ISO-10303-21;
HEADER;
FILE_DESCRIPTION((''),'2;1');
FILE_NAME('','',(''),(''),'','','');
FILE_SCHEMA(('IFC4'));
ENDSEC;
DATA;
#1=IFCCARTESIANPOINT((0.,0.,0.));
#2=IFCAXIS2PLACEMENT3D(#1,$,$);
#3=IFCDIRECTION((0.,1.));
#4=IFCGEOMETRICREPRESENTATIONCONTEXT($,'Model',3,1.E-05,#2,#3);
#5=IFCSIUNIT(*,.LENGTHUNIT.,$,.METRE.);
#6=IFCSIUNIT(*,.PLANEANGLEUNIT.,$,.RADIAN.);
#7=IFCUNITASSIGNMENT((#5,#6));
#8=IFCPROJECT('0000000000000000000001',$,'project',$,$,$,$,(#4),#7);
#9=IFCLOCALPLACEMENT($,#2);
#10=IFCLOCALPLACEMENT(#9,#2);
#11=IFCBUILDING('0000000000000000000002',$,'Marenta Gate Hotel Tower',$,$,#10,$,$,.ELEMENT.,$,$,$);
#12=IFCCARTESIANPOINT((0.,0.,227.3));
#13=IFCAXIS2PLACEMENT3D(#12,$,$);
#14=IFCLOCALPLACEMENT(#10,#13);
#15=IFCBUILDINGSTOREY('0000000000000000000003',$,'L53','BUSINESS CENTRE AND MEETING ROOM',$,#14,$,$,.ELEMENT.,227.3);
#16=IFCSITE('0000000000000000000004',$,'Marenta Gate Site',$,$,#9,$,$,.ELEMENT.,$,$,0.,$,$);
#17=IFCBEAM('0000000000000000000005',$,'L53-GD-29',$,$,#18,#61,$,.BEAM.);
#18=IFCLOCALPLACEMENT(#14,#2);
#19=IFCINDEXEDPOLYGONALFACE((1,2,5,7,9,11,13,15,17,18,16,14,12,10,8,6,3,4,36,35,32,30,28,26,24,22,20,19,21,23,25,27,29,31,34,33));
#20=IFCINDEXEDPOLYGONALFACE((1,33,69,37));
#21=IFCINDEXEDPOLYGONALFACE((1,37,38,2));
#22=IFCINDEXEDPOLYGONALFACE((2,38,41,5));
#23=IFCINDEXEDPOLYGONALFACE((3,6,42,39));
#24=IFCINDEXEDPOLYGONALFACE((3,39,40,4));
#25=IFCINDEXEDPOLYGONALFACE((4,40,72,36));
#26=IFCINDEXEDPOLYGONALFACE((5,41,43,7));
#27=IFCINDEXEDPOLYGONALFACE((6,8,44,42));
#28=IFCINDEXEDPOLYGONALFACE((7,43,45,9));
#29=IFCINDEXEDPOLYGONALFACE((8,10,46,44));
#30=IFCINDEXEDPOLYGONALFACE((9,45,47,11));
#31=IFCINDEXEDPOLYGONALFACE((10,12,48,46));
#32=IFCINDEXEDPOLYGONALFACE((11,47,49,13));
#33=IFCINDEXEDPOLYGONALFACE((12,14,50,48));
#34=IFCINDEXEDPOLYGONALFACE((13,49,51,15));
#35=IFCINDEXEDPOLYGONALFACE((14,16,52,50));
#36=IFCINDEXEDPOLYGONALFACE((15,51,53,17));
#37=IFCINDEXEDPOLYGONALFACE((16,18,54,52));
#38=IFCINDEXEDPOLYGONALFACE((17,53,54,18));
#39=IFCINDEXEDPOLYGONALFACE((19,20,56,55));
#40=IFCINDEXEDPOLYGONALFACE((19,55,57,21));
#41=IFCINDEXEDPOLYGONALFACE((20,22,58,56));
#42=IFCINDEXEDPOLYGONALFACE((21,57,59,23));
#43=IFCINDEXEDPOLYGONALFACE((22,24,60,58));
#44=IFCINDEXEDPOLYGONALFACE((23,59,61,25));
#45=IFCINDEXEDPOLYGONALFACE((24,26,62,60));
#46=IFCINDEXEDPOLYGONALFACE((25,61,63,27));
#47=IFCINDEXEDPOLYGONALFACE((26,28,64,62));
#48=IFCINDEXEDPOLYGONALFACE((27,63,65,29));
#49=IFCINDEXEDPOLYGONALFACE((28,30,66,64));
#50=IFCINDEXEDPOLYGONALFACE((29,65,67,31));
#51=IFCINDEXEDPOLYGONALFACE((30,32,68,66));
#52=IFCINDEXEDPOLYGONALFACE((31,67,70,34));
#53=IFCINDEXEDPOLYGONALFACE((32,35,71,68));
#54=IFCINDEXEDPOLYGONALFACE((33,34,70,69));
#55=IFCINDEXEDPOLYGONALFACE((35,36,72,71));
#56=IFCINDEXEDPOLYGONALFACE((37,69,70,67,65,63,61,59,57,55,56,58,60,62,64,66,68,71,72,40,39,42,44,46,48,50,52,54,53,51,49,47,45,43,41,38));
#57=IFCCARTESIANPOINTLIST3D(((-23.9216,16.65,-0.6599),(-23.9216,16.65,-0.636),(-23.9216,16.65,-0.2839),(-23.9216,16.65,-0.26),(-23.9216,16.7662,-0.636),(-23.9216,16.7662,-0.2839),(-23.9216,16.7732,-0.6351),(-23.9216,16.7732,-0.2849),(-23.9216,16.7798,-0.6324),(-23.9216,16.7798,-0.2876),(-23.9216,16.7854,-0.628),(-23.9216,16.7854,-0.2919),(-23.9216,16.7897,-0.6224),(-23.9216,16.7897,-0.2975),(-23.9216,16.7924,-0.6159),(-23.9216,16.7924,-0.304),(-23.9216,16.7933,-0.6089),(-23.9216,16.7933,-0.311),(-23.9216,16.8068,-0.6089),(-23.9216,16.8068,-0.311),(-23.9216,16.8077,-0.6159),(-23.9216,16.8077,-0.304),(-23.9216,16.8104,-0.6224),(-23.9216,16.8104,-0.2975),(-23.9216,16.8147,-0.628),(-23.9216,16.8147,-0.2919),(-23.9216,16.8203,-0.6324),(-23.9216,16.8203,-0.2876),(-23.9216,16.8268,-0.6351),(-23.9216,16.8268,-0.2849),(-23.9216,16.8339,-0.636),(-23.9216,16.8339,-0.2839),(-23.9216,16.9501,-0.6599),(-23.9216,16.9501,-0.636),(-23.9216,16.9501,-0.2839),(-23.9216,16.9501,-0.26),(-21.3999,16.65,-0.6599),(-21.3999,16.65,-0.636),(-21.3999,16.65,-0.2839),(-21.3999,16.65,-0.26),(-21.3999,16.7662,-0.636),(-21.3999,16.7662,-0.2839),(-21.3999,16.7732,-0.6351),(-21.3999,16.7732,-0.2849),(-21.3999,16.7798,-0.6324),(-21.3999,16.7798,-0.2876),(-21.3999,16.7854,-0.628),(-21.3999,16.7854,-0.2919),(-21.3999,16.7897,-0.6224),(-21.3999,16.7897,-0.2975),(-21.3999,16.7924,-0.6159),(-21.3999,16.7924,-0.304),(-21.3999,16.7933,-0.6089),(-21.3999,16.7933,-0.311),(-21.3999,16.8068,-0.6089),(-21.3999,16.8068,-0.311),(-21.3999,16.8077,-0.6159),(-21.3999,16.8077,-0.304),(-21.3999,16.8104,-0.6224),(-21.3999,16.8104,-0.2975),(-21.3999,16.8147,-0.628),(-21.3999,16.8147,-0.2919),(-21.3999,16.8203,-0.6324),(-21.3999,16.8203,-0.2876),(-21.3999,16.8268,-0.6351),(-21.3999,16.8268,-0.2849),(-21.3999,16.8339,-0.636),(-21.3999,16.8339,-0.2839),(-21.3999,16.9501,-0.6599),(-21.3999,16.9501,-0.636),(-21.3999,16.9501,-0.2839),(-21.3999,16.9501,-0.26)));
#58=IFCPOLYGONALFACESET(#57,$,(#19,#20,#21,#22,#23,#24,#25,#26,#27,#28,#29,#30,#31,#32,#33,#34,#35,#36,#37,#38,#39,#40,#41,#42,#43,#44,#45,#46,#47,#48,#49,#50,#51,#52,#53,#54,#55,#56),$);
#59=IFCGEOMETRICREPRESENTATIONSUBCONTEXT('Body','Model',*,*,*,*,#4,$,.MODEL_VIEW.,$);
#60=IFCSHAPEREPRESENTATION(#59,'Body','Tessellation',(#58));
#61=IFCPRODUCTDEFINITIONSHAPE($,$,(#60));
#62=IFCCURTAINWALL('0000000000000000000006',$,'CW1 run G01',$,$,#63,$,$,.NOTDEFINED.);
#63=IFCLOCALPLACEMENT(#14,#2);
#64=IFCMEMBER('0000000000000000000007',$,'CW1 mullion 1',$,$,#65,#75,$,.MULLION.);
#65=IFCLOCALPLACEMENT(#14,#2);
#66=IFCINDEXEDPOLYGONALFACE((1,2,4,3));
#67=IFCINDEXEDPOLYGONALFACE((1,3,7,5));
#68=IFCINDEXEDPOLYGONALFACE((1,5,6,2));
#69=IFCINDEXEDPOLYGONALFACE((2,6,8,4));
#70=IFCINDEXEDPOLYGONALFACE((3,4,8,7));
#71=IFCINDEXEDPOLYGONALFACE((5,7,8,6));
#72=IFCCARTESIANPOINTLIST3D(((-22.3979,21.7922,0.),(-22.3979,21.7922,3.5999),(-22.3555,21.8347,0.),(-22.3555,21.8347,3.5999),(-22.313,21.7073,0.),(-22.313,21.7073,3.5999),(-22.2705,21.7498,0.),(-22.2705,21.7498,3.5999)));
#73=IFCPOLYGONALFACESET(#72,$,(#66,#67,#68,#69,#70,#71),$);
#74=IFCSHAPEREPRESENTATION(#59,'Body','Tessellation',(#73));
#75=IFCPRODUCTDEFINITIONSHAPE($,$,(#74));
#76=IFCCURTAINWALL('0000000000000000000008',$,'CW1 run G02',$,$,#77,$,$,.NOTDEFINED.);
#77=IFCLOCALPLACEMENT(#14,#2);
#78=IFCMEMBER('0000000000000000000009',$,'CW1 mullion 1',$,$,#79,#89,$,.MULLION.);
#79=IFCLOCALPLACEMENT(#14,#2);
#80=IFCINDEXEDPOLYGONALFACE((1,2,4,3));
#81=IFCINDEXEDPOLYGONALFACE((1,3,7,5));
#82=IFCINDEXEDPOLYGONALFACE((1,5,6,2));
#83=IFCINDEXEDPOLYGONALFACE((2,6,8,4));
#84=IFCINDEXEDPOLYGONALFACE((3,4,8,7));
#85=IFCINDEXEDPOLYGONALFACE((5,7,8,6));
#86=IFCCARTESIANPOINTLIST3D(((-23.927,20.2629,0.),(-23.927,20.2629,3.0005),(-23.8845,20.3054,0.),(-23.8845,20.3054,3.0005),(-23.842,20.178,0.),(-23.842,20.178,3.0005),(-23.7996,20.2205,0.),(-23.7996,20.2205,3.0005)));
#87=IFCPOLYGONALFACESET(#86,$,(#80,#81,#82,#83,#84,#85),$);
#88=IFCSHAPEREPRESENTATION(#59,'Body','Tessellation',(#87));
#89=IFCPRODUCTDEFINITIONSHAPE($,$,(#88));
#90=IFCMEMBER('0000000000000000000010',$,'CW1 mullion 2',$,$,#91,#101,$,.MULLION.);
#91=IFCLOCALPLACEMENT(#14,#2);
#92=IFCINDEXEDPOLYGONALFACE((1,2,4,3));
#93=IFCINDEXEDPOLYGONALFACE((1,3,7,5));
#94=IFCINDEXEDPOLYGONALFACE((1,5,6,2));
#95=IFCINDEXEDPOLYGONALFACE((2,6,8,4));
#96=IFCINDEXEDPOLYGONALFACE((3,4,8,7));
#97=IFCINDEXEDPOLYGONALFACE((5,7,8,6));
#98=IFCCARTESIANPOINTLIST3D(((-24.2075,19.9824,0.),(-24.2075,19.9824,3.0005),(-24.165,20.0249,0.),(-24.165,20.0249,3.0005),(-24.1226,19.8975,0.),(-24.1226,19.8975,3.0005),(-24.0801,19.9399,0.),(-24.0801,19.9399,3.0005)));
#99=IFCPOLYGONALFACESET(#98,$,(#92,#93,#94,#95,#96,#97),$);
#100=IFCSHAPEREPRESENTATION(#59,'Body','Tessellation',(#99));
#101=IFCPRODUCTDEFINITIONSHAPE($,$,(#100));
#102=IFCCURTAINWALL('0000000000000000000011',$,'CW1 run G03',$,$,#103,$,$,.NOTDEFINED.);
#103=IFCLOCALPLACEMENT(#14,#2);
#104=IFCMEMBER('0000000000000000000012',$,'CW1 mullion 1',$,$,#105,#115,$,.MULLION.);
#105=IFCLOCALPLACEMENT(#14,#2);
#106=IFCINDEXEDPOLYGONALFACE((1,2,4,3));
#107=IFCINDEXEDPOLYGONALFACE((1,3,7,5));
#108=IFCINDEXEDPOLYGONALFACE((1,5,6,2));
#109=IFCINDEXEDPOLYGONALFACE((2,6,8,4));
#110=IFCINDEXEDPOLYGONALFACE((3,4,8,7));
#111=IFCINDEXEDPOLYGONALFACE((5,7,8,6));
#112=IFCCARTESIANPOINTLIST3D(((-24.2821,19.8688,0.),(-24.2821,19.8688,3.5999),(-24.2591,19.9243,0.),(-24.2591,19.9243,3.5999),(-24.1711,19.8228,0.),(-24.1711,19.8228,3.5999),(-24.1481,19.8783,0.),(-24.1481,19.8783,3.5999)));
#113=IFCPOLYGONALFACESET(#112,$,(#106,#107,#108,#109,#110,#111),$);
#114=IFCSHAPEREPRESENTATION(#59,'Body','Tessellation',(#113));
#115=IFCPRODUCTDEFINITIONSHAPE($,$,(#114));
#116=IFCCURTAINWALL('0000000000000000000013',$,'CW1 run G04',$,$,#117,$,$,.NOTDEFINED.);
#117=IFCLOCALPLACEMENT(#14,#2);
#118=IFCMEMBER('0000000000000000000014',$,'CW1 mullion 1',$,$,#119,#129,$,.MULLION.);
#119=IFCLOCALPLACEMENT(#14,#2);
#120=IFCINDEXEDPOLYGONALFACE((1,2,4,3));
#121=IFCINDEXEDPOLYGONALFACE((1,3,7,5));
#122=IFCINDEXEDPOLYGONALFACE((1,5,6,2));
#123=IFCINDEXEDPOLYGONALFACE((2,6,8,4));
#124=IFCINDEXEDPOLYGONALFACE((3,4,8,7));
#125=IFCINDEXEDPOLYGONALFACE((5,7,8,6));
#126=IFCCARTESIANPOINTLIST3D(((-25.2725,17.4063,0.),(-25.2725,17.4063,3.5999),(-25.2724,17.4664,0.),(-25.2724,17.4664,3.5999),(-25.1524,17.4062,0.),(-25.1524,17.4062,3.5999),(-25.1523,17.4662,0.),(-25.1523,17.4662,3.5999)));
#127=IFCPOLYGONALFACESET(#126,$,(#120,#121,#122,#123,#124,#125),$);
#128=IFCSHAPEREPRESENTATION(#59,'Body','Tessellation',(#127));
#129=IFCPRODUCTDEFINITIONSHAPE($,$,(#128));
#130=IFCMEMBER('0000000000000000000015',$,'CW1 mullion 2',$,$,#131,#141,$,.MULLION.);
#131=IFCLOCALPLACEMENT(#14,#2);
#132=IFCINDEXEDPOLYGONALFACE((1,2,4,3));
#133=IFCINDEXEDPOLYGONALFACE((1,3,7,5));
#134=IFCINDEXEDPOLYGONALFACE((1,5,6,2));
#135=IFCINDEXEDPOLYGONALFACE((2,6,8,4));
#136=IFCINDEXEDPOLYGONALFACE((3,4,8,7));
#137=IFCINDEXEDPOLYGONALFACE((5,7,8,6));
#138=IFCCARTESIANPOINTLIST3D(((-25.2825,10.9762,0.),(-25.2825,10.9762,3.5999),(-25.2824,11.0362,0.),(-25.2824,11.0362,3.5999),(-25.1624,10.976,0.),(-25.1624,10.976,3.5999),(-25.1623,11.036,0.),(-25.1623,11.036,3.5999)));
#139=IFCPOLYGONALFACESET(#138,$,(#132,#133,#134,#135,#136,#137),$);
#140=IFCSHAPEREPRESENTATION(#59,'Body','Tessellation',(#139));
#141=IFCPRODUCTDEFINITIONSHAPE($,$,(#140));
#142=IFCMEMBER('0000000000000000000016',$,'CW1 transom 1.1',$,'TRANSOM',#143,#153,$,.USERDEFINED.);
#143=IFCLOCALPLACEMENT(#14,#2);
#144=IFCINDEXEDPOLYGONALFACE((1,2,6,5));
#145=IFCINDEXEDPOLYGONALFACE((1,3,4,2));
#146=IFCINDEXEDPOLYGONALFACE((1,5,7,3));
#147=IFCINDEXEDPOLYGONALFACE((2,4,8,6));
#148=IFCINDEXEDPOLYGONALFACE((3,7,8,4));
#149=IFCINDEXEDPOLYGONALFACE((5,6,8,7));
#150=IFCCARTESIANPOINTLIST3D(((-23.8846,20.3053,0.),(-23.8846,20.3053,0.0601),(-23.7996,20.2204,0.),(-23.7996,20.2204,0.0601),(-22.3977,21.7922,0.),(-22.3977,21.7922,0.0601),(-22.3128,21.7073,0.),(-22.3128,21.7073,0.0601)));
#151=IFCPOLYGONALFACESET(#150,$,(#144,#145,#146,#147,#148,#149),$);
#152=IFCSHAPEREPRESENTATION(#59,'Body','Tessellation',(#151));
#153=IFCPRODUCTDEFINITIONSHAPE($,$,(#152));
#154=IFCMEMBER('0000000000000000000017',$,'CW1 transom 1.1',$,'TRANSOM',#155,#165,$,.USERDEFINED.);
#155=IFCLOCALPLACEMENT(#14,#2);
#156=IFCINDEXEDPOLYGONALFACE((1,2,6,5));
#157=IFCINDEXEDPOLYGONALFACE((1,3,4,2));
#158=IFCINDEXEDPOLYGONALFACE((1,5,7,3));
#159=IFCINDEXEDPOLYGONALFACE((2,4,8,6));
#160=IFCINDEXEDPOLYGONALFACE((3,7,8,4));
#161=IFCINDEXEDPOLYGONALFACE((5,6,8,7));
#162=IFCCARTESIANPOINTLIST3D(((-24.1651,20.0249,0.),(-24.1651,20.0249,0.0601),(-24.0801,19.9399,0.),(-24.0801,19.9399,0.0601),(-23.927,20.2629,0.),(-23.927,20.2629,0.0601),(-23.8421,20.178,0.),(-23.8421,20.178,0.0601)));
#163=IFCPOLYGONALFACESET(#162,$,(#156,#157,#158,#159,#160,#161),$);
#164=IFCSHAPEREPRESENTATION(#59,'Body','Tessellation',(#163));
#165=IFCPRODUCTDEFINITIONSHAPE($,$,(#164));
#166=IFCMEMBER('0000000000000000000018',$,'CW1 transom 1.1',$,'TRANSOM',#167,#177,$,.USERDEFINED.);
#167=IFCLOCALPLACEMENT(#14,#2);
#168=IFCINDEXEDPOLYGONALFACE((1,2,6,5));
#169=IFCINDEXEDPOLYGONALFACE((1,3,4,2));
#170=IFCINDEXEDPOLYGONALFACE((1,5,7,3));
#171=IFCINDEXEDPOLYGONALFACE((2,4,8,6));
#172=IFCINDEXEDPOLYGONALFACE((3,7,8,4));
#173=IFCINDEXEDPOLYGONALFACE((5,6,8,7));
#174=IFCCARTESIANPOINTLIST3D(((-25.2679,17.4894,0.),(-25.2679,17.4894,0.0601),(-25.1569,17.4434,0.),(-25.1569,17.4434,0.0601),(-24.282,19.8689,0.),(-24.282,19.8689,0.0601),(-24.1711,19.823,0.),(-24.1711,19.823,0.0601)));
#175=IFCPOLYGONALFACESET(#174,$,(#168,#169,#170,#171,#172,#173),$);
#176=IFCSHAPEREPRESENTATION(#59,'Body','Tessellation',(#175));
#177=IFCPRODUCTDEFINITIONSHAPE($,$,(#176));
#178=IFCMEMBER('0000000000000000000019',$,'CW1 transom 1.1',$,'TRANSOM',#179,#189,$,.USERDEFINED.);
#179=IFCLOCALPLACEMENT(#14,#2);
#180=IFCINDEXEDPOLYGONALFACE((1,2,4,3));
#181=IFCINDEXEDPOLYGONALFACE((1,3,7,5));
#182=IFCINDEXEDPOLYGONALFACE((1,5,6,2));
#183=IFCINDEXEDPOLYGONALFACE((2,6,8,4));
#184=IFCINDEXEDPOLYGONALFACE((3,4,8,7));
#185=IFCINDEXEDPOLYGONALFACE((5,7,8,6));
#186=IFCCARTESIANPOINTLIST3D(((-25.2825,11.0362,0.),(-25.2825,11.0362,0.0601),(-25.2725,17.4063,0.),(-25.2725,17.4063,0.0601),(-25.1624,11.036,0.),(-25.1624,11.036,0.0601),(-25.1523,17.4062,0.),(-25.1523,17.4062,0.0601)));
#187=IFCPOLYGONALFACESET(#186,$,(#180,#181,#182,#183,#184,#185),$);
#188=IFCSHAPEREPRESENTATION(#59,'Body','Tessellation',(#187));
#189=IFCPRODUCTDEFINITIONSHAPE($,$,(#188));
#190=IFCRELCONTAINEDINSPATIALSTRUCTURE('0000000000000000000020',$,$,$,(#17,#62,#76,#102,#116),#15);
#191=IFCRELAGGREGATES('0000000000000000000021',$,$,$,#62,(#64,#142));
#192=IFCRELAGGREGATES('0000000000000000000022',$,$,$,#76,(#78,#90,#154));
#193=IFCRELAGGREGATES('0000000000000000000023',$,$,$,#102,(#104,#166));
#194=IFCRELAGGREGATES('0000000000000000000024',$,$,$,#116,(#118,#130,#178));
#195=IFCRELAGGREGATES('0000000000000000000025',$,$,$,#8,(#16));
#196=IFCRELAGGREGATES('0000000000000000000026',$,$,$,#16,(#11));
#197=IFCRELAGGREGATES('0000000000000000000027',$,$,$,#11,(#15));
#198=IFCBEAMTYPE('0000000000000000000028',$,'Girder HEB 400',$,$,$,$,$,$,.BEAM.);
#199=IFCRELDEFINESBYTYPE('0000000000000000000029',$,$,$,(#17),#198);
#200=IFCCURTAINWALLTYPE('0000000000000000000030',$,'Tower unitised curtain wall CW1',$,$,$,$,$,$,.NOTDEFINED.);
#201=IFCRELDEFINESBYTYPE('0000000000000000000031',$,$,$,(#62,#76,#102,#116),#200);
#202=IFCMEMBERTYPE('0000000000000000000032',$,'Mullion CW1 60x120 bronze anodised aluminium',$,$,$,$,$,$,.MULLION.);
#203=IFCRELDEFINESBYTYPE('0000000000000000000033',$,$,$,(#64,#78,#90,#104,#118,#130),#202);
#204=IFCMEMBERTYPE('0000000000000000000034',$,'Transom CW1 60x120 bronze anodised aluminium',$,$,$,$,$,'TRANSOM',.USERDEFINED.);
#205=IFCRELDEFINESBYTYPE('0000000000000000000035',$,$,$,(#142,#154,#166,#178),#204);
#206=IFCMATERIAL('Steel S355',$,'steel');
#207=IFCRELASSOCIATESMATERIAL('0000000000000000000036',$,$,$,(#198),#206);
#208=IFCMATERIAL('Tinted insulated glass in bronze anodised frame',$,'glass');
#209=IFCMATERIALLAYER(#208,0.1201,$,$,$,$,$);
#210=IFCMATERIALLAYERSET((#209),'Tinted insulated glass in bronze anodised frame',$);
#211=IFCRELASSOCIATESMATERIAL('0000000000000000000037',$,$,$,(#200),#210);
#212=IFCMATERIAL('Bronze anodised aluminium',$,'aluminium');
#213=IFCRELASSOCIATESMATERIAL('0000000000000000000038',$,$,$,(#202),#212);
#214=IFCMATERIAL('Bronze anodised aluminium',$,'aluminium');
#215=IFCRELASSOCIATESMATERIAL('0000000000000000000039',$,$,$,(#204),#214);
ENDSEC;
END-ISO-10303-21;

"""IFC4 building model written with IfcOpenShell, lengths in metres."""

from ifc_helpers import new_model, si_unit, direction, frame, origin, origin_2d, place, context, subcontext, project, spatial, rectangle, i_section, extrude, material, layer, layer_set, material_profile, profile_set, type_object, element, aggregate, save


model = new_model("IFC4")

# Units and contexts
model_context = context("Model", 3, precision=1e-05, world=origin(), true_north=direction((0.0, 1.0)))
body_context = subcontext(model_context, "Body", "Model", "MODEL_VIEW")
ifc_project = project(units=[si_unit("LENGTHUNIT", "METRE"), si_unit("PLANEANGLEUNIT", "RADIAN")], contexts=[model_context])

# Site, building, storey
site_placement = place(None, origin())
site = spatial("IfcSite", under=ifc_project, at=site_placement, Name="Marenta Gate Site", CompositionType="ELEMENT", RefElevation=0.0)
building_placement = place(site_placement, origin())
building = spatial("IfcBuilding", under=site, at=building_placement, Name="Marenta Gate Hotel Tower", CompositionType="ELEMENT")
storey_placement = place(building_placement, frame((0.0, 0.0, 227.3)))
storey = spatial("IfcBuildingStorey", under=building, at=storey_placement, Name="L53", Description="BUSINESS CENTRE AND MEETING ROOM", CompositionType="ELEMENT", Elevation=227.3)

# Beam
ifc_material_1 = material(Name="Steel S355", Category="steel")
ifc_material_profile_1 = material_profile(ifc_material_1, i_section(OverallWidth=0.3, OverallDepth=0.3999, WebThickness=0.0134, FlangeThickness=0.0239, FilletRadius=0.0271, at=origin_2d()), Name="HEB 400")
ifc_profile_set_1 = profile_set([ifc_material_profile_1], Name="Steel S355")
beam_type_1 = type_object("IfcBeamType", Name="Girder HEB 400", PredefinedType="BEAM", material=ifc_profile_set_1)
beam_1_placement = place(storey_placement, frame((-23.9216, 16.8, -0.46), z_axis=(1.0, 0.0, 0.0), x_axis=(0.0, 1.0, 0.0)))
element("IfcBeam", 1, at=beam_1_placement, inside=storey, type_object=beam_type_1, Name="L53-GD-29", PredefinedType="BEAM", context=body_context, shape_type="SweptSolid", body=[
    extrude(i_section(OverallWidth=0.3, OverallDepth=0.3999, WebThickness=0.0134, FlangeThickness=0.0239, FilletRadius=0.0271, at=origin_2d()), origin(), (0.0, 0.0, 1.0), 2.5217),
])

# Curtain wall, member
ifc_material_2 = material(Name="Tinted insulated glass in bronze anodised frame", Category="glass")
ifc_layer_1 = layer(ifc_material_2, 0.1201)
ifc_layer_set_1 = layer_set([ifc_layer_1], Name="Tinted insulated glass in bronze anodised frame")
curtain_wall_type = type_object("IfcCurtainWallType", Name="Tower unitised curtain wall CW1", PredefinedType="NOTDEFINED", material=ifc_layer_set_1)
curtain_wall_1_placement = place(storey_placement, origin())
curtain_wall_1 = element("IfcCurtainWall", 2, at=curtain_wall_1_placement, inside=storey, type_object=curtain_wall_type, Name="CW1 run G01", PredefinedType="NOTDEFINED")
ifc_material_3 = material(Name="Bronze anodised aluminium", Category="aluminium")
ifc_material_profile_2 = material_profile(ifc_material_3, rectangle(XDim=0.1201, YDim=0.0601, at=origin_2d()), Name="Mullion CW1 60x120 bronze anodised aluminium")
ifc_profile_set_2 = profile_set([ifc_material_profile_2], Name="Bronze anodised aluminium")
member_type_1 = type_object("IfcMemberType", Name="Mullion CW1 60x120 bronze anodised aluminium", PredefinedType="MULLION", material=ifc_profile_set_2)
member_1_placement = place(storey_placement, frame((-22.3342, 21.771, 0.0), z_axis=(0.0, 0.0, 1.0), x_axis=(0.707107, -0.707107, 0.0)))
member_1 = element("IfcMember", 3, at=member_1_placement, type_object=member_type_1, Name="CW1 mullion 1", PredefinedType="MULLION", context=body_context, shape_type="SweptSolid", body=[
    extrude(rectangle(XDim=0.1201, YDim=0.0601, at=origin_2d()), origin(), (0.0, 0.0, 1.0), 3.5999),
])

# Curtain wall, members
curtain_wall_2_placement = place(storey_placement, origin())
curtain_wall_2 = element("IfcCurtainWall", 4, at=curtain_wall_2_placement, inside=storey, type_object=curtain_wall_type, Name="CW1 run G02", PredefinedType="NOTDEFINED")
member_2_placement = place(storey_placement, frame((-23.8633, 20.2417, 0.0), z_axis=(0.0, 0.0, 1.0), x_axis=(0.707107, -0.707107, 0.0)))
member_2 = element("IfcMember", 5, at=member_2_placement, type_object=member_type_1, Name="CW1 mullion 1", PredefinedType="MULLION", context=body_context, shape_type="SweptSolid", body=[
    extrude(rectangle(XDim=0.1201, YDim=0.0601, at=origin_2d()), origin(), (0.0, 0.0, 1.0), 3.0005),
])
member_3_placement = place(storey_placement, frame((-24.1438, 19.9612, 0.0), z_axis=(0.0, 0.0, 1.0), x_axis=(0.707107, -0.707107, 0.0)))
member_3 = element("IfcMember", 6, at=member_3_placement, type_object=member_type_1, Name="CW1 mullion 2", PredefinedType="MULLION", context=body_context, shape_type="SweptSolid", body=[
    extrude(rectangle(XDim=0.1201, YDim=0.0601, at=origin_2d()), origin(), (0.0, 0.0, 1.0), 3.0005),
])

# Curtain wall, member
curtain_wall_3_placement = place(storey_placement, origin())
curtain_wall_3 = element("IfcCurtainWall", 7, at=curtain_wall_3_placement, inside=storey, type_object=curtain_wall_type, Name="CW1 run G03", PredefinedType="NOTDEFINED")
member_4_placement = place(storey_placement, frame((-24.2151, 19.8735, 0.0), z_axis=(0.0, 0.0, 1.0), x_axis=(0.923886, -0.382667, 0.0)))
member_4 = element("IfcMember", 8, at=member_4_placement, type_object=member_type_1, Name="CW1 mullion 1", PredefinedType="MULLION", context=body_context, shape_type="SweptSolid", body=[
    extrude(rectangle(XDim=0.1201, YDim=0.0601, at=origin_2d()), origin(), (0.0, 0.0, 1.0), 3.5999),
])

# Curtain wall, members
curtain_wall_4_placement = place(storey_placement, origin())
curtain_wall_4 = element("IfcCurtainWall", 9, at=curtain_wall_4_placement, inside=storey, type_object=curtain_wall_type, Name="CW1 run G04", PredefinedType="NOTDEFINED")
member_5_placement = place(storey_placement, frame((-25.2124, 17.4363, 0.0), z_axis=(0.0, 0.0, 1.0), x_axis=(0.999999, -0.001566, 0.0)))
member_5 = element("IfcMember", 10, at=member_5_placement, type_object=member_type_1, Name="CW1 mullion 1", PredefinedType="MULLION", context=body_context, shape_type="SweptSolid", body=[
    extrude(rectangle(XDim=0.1201, YDim=0.0601, at=origin_2d()), origin(), (0.0, 0.0, 1.0), 3.5999),
])
member_6_placement = place(storey_placement, frame((-25.2224, 11.0061, 0.0), z_axis=(0.0, 0.0, 1.0), x_axis=(0.999999, -0.001566, 0.0)))
member_6 = element("IfcMember", 11, at=member_6_placement, type_object=member_type_1, Name="CW1 mullion 2", PredefinedType="MULLION", context=body_context, shape_type="SweptSolid", body=[
    extrude(rectangle(XDim=0.1201, YDim=0.0601, at=origin_2d()), origin(), (0.0, 0.0, 1.0), 3.5999),
])

# Members
ifc_material_4 = material(Name="Bronze anodised aluminium", Category="aluminium")
ifc_material_profile_3 = material_profile(ifc_material_4, rectangle(XDim=0.1201, YDim=0.0601, at=origin_2d()), Name="Transom CW1 60x120 bronze anodised aluminium")
ifc_profile_set_3 = profile_set([ifc_material_profile_3], Name="Bronze anodised aluminium")
member_type_2 = type_object("IfcMemberType", Name="Transom CW1 60x120 bronze anodised aluminium", ElementType="TRANSOM", PredefinedType="USERDEFINED", material=ifc_profile_set_3)
member_7_placement = place(storey_placement, frame((-22.3552, 21.7498, 0.03), z_axis=(-0.707107, -0.707107, 0.0), x_axis=(0.707107, -0.707107, 0.0)))
member_7 = element("IfcMember", 12, at=member_7_placement, type_object=member_type_2, Name="CW1 transom 1.1", ObjectType="TRANSOM", PredefinedType="USERDEFINED", context=body_context, shape_type="SweptSolid", body=[
    extrude(rectangle(XDim=0.1201, YDim=0.0601, at=origin_2d()), origin(), (0.0, 0.0, 1.0), 2.1028),
])
member_8_placement = place(storey_placement, frame((-23.8845, 20.2205, 0.03), z_axis=(-0.707107, -0.707107, 0.0), x_axis=(0.707107, -0.707107, 0.0)))
member_8 = element("IfcMember", 13, at=member_8_placement, type_object=member_type_2, Name="CW1 transom 1.1", ObjectType="TRANSOM", PredefinedType="USERDEFINED", context=body_context, shape_type="SweptSolid", body=[
    extrude(rectangle(XDim=0.1201, YDim=0.0601, at=origin_2d()), origin(), (0.0, 0.0, 1.0), 0.3367),
])
member_9_placement = place(storey_placement, frame((-24.2266, 19.8459, 0.03), z_axis=(-0.382737, -0.923857, 0.0), x_axis=(0.923857, -0.382737, 0.0)))
member_9 = element("IfcMember", 14, at=member_9_placement, type_object=member_type_2, Name="CW1 transom 1.1", ObjectType="TRANSOM", PredefinedType="USERDEFINED", context=body_context, shape_type="SweptSolid", body=[
    extrude(rectangle(XDim=0.1201, YDim=0.0601, at=origin_2d()), origin(), (0.0, 0.0, 1.0), 2.5757),
])
member_10_placement = place(storey_placement, frame((-25.2124, 17.4062, 0.03), z_axis=(-0.001571, -0.999999, 0.0), x_axis=(0.999999, -0.001571, 0.0)))
member_10 = element("IfcMember", 15, at=member_10_placement, type_object=member_type_2, Name="CW1 transom 1.1", ObjectType="TRANSOM", PredefinedType="USERDEFINED", context=body_context, shape_type="SweptSolid", body=[
    extrude(rectangle(XDim=0.1201, YDim=0.0601, at=origin_2d()), origin(), (0.0, 0.0, 1.0), 6.3701),
])

aggregate(curtain_wall_1, [member_1, member_7])
aggregate(curtain_wall_2, [member_2, member_3, member_8])
aggregate(curtain_wall_3, [member_4, member_9])
aggregate(curtain_wall_4, [member_5, member_6, member_10])

save(model, "model.ifc")
